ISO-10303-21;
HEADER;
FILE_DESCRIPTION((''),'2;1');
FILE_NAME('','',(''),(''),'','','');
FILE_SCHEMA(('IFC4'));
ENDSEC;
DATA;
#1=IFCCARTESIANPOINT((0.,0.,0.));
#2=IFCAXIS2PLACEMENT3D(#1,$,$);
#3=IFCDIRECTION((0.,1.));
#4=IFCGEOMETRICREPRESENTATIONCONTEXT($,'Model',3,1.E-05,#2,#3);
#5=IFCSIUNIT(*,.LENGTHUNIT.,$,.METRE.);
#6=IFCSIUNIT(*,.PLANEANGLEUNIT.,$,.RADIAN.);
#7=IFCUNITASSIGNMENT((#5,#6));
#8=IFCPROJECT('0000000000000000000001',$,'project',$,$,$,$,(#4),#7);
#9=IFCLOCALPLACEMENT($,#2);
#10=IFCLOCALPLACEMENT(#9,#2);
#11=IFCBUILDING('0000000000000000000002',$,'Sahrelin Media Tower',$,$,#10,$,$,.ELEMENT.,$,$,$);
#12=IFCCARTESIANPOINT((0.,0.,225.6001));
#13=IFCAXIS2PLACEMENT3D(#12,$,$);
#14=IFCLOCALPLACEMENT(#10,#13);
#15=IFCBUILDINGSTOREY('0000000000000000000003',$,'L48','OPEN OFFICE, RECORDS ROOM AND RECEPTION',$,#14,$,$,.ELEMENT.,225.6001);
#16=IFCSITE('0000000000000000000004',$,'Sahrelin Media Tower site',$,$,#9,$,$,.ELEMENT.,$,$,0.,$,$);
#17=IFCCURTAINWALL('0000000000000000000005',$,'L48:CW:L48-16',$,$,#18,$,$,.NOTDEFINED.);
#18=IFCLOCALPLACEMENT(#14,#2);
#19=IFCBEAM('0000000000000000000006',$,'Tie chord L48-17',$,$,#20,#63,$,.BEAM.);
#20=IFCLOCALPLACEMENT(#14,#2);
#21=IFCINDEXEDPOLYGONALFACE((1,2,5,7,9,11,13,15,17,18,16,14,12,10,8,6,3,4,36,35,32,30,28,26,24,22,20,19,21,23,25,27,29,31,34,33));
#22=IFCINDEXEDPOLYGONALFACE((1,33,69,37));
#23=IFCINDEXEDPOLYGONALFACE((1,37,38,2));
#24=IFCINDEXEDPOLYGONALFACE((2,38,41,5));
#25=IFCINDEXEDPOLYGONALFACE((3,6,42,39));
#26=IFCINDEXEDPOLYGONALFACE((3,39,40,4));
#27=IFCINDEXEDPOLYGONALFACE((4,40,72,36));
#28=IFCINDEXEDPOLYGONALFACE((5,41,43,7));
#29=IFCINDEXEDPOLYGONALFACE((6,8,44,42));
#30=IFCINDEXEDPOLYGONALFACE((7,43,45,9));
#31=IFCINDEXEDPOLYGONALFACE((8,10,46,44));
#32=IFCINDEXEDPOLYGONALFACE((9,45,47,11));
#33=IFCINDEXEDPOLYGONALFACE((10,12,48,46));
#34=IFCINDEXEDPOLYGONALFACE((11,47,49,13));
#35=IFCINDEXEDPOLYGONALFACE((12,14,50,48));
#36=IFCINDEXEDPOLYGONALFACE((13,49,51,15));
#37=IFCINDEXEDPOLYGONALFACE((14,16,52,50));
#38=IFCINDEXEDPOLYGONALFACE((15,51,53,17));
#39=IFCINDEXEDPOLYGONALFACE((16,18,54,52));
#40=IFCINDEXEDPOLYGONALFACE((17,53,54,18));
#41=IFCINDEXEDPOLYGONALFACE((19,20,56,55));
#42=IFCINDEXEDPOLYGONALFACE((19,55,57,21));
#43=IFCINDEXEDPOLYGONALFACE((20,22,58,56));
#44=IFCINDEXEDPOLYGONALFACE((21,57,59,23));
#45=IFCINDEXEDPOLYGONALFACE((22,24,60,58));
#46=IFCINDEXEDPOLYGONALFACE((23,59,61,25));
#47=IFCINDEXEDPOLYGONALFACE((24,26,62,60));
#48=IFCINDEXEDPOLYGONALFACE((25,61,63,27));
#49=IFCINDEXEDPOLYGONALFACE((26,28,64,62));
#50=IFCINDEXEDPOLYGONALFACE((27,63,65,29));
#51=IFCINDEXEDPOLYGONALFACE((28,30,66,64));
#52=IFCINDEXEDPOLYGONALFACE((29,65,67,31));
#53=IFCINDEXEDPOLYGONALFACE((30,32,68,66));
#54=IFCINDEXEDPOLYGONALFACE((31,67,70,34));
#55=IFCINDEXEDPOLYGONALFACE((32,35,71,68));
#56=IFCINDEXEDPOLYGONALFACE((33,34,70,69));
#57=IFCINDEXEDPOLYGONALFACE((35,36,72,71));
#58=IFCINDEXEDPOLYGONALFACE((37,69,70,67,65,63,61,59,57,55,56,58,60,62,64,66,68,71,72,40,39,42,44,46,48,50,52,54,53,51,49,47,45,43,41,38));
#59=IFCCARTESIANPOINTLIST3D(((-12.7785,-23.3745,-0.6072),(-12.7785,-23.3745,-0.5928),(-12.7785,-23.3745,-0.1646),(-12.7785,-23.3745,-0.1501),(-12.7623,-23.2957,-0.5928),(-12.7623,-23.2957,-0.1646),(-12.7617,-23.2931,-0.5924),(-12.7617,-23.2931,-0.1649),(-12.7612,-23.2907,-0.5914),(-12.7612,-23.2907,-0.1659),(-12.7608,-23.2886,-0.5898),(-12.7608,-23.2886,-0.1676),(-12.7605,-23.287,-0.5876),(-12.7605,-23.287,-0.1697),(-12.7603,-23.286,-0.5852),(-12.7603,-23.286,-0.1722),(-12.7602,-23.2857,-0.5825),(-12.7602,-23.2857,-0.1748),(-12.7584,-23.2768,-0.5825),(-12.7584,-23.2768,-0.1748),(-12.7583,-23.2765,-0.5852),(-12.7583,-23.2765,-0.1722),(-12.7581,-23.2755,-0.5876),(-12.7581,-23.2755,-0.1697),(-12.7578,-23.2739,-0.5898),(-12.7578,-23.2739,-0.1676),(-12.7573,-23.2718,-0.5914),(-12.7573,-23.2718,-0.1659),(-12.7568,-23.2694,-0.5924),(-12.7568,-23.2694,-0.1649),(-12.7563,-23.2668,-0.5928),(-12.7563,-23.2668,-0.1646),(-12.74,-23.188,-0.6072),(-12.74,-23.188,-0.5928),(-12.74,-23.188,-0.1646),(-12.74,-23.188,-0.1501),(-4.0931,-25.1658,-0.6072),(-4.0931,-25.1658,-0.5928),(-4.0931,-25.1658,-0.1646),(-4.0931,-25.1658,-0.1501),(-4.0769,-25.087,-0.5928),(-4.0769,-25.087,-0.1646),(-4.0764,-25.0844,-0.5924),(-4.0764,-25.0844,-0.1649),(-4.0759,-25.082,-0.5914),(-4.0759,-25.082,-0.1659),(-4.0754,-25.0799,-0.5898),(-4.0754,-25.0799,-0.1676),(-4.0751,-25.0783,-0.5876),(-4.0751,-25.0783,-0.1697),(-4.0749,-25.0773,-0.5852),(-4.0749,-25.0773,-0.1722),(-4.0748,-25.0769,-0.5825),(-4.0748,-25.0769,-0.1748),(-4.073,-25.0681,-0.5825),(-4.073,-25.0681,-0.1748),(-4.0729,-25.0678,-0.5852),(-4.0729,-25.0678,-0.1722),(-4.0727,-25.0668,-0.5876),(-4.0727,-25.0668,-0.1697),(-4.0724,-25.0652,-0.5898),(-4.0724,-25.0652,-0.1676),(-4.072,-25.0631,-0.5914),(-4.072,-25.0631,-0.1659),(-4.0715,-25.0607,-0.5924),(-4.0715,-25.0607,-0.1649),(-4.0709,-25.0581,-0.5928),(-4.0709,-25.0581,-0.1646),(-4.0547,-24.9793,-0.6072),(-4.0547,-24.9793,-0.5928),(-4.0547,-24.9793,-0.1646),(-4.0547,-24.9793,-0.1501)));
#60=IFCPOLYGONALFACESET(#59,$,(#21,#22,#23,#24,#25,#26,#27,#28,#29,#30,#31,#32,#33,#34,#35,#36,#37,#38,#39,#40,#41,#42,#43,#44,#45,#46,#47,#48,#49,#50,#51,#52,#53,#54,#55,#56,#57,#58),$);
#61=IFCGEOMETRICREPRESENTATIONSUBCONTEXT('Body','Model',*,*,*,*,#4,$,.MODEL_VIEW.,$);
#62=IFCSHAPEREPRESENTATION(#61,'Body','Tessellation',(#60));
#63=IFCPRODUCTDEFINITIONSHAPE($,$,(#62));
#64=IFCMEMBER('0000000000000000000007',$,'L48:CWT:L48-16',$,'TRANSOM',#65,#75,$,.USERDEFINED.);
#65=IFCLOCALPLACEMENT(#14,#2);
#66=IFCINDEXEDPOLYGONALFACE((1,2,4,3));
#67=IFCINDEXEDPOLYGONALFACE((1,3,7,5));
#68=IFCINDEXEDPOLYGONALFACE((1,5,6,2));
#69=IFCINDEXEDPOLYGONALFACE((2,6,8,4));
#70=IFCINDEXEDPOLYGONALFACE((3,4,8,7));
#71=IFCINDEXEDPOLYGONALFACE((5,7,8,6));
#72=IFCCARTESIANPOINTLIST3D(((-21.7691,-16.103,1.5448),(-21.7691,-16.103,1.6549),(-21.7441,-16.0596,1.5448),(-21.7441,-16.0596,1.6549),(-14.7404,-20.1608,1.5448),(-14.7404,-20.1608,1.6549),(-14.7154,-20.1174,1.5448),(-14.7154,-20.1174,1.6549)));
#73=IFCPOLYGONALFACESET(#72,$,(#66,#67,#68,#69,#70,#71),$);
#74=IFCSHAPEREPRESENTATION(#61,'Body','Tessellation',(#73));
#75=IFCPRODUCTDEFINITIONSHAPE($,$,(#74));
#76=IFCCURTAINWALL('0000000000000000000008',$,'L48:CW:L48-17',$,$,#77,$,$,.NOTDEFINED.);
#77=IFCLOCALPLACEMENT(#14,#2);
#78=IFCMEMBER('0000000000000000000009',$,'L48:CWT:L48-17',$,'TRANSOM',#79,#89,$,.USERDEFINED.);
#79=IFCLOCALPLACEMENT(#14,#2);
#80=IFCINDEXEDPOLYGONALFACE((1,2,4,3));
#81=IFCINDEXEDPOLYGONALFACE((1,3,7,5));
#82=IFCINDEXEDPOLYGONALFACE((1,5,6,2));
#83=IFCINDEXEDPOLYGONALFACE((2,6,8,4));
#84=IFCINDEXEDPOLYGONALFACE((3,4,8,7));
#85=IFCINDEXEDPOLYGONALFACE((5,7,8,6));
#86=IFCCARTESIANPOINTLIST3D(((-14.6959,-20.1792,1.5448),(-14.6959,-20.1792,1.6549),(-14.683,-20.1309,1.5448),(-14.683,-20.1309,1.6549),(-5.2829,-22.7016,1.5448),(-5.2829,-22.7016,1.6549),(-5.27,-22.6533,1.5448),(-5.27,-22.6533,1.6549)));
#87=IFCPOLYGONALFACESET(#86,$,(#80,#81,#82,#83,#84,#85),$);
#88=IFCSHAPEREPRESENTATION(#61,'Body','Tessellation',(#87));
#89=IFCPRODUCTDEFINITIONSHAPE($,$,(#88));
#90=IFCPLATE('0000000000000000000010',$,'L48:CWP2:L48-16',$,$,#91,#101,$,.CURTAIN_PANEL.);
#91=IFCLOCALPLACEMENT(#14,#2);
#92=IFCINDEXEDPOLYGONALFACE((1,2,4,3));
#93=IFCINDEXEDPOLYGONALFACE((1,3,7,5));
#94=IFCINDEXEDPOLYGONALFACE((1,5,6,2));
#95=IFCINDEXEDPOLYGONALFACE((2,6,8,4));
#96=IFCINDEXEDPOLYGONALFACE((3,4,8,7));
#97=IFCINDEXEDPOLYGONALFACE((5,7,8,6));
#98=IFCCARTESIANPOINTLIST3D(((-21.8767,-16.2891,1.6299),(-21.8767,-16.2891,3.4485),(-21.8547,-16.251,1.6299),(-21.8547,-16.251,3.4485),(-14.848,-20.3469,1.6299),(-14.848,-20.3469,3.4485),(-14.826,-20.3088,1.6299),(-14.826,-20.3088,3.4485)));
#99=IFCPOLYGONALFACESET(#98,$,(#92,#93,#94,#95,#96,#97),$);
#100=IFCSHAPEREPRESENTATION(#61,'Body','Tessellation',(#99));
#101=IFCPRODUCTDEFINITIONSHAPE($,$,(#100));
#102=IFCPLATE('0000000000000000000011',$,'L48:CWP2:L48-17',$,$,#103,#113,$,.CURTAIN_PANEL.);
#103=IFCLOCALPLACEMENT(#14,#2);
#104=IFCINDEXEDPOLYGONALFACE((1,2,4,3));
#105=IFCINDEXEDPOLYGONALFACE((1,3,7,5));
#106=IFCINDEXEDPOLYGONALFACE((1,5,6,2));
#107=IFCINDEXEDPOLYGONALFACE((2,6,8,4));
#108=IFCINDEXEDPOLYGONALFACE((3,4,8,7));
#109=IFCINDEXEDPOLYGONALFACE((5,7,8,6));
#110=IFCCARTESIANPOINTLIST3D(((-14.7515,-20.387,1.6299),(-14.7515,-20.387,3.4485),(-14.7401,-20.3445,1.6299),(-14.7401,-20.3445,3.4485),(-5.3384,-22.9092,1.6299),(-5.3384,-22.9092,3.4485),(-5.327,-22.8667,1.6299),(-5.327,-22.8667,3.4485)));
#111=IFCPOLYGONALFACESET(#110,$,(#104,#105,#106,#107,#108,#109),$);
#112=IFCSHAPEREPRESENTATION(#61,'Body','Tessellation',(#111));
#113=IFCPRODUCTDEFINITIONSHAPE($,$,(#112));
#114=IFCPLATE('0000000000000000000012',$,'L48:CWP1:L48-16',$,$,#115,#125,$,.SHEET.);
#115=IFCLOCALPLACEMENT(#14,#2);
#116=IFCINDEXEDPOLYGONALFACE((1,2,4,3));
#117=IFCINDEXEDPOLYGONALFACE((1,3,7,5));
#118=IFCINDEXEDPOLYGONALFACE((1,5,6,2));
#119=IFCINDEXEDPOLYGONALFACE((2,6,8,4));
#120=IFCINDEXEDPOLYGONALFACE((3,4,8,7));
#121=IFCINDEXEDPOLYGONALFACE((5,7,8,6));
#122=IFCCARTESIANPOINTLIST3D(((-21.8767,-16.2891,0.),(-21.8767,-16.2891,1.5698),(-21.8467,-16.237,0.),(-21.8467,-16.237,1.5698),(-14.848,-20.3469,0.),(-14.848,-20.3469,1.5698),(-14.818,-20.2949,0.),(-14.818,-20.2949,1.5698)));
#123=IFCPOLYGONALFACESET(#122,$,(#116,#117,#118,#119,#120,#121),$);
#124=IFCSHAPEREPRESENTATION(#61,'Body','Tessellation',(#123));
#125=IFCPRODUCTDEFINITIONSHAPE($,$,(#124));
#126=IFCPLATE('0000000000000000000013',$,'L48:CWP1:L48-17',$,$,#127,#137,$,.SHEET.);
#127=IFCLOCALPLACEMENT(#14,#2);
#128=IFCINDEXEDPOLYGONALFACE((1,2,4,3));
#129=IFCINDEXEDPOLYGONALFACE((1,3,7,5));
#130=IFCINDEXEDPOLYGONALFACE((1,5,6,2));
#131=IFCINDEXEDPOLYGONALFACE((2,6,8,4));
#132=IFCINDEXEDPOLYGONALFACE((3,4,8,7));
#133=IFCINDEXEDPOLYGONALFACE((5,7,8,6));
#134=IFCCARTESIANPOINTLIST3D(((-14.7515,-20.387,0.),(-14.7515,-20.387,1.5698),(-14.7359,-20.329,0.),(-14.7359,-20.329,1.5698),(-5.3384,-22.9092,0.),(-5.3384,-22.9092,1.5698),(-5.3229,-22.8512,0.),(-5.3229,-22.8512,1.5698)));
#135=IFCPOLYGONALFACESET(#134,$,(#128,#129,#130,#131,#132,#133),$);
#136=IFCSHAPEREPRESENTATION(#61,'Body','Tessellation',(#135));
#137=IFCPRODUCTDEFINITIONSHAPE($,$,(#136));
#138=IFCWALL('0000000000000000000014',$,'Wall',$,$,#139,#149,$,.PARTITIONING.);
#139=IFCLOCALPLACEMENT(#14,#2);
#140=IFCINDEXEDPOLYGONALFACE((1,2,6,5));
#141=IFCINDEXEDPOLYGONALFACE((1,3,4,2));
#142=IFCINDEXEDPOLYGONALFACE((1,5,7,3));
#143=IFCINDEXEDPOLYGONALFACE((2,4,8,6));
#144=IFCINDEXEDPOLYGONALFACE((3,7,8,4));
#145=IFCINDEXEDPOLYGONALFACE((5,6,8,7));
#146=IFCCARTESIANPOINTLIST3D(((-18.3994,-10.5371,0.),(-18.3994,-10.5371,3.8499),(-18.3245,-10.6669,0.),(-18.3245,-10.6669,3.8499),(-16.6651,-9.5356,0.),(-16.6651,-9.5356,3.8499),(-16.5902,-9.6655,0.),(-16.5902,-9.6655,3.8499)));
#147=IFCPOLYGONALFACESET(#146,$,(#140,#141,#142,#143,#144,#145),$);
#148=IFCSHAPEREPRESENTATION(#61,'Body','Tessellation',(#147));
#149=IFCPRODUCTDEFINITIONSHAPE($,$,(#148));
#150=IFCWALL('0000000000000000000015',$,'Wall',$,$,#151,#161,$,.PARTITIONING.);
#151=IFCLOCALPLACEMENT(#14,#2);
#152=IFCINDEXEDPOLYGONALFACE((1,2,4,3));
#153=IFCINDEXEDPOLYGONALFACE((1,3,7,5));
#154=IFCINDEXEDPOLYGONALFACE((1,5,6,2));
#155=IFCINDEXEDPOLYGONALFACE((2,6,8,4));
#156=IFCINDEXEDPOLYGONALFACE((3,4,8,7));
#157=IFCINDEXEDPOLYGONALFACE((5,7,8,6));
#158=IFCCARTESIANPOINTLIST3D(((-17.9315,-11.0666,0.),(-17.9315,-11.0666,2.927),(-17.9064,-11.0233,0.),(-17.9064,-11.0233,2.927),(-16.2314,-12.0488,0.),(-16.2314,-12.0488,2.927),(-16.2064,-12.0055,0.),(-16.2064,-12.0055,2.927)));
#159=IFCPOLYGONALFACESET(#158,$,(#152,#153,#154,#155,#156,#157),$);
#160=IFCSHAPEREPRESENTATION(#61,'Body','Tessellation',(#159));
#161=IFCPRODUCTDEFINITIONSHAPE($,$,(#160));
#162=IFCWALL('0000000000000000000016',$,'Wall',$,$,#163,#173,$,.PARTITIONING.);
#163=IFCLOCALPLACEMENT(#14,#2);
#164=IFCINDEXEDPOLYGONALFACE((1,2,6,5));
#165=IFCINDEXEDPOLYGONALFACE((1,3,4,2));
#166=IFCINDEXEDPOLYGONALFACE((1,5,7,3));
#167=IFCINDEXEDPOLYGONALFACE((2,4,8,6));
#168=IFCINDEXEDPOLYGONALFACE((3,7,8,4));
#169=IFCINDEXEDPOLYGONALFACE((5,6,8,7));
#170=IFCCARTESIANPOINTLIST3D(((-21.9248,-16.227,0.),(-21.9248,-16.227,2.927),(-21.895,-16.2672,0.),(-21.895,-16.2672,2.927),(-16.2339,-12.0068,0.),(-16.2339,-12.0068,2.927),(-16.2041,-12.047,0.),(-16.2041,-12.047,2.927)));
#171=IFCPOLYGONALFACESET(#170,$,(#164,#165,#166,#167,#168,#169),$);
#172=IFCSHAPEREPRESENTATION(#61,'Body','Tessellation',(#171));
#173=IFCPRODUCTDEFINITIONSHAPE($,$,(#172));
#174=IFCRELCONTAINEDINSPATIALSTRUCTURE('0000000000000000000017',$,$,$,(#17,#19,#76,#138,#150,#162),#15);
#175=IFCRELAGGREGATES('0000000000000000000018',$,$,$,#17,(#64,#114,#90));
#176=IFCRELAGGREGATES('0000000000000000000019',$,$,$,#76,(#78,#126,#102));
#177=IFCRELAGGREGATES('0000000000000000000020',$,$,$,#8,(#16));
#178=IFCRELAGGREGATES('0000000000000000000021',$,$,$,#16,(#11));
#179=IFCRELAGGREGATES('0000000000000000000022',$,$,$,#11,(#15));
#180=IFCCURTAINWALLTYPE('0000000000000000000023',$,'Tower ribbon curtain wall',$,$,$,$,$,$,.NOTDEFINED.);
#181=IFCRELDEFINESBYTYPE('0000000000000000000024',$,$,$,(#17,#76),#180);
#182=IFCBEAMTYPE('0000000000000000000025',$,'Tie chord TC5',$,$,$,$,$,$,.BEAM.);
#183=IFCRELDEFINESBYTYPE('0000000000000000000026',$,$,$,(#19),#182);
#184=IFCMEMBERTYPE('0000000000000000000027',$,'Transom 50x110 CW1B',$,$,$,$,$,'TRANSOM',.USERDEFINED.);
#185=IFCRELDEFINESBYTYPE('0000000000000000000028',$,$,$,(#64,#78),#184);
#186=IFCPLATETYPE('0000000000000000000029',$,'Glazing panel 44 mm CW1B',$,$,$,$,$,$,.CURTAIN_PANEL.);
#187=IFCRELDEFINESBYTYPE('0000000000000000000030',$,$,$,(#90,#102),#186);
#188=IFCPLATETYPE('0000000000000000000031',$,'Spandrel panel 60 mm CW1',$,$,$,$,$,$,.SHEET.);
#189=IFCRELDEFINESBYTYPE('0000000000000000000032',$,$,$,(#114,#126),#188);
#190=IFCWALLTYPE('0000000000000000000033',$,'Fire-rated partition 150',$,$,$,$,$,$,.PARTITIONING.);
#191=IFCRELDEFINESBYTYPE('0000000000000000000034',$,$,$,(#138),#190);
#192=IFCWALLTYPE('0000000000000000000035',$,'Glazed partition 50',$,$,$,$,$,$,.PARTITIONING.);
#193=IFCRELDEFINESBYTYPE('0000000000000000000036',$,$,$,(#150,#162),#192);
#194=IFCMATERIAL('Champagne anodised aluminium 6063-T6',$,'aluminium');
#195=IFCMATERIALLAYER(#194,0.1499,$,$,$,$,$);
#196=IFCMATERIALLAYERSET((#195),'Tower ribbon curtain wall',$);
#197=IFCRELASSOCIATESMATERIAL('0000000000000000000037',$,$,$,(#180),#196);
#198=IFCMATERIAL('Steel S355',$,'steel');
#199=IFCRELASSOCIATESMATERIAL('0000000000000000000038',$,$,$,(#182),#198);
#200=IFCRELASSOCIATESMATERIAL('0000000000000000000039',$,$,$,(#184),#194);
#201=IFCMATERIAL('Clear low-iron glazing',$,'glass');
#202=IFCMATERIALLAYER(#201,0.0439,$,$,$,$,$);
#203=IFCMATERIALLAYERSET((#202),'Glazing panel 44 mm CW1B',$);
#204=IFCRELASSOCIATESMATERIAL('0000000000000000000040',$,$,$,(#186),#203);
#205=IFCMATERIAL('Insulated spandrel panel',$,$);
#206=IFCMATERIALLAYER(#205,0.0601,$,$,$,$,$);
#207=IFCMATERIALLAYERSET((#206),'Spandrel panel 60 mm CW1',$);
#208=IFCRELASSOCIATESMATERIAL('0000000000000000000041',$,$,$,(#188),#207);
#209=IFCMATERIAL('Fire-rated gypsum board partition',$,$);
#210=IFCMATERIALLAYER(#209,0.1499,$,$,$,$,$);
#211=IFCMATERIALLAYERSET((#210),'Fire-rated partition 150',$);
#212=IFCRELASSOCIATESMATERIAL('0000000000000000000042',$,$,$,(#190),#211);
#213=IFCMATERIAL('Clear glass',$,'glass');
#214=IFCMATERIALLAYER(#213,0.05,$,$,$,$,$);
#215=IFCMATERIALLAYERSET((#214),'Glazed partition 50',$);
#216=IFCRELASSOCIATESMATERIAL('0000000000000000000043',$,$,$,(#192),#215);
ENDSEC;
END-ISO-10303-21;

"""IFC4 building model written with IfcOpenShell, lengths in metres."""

from ifc_helpers import new_model, si_unit, direction, frame, frame_2d, origin, origin_2d, place, context, subcontext, project, spatial, polyline, rectangle, i_section, outline, extrude, material, layer, layer_set, material_profile, profile_set, type_object, element, aggregate, save


model = new_model("IFC4")

# Units and contexts
model_context = context("Model", 3, precision=1e-05, world=origin(), true_north=direction((0.0, 1.0)))
body_context = subcontext(model_context, "Body", "Model", "MODEL_VIEW")
ifc_project = project(units=[si_unit("LENGTHUNIT", "METRE"), si_unit("PLANEANGLEUNIT", "RADIAN")], contexts=[model_context])

# Site, building, storey
site_placement = place(None, origin())
site = spatial("IfcSite", under=ifc_project, at=site_placement, Name="Sahrelin Media Tower site", CompositionType="ELEMENT", RefElevation=0.0)
building_placement = place(site_placement, origin())
building = spatial("IfcBuilding", under=site, at=building_placement, Name="Sahrelin Media Tower", CompositionType="ELEMENT")
storey_placement = place(building_placement, frame((0.0, 0.0, 225.6001)))
storey = spatial("IfcBuildingStorey", under=building, at=storey_placement, Name="L48", Description="OPEN OFFICE, RECORDS ROOM AND RECEPTION", CompositionType="ELEMENT", Elevation=225.6001)

# Shared definitions
ifc_material_1 = material(Name="Steel S355", Category="steel")

# Curtain wall
ifc_material_2 = material(Name="Champagne anodised aluminium 6063-T6", Category="aluminium")
ifc_layer_1 = layer(ifc_material_2, 0.1499)
ifc_layer_set_1 = layer_set([ifc_layer_1], Name="Tower ribbon curtain wall")
curtain_wall_type = type_object("IfcCurtainWallType", Name="Tower ribbon curtain wall", PredefinedType="NOTDEFINED", material=ifc_layer_set_1)
curtain_wall_1_placement = place(storey_placement, frame((-18.3523, -18.3008, 0.0), z_axis=(0.0, 0.0, 1.0), x_axis=(1.0, 0.0, 0.0)))
curtain_wall_1 = element("IfcCurtainWall", 1, at=curtain_wall_1_placement, inside=storey, type_object=curtain_wall_type, Name="L48:CW:L48-16", PredefinedType="NOTDEFINED")

# Beam
ifc_material_profile_1 = material_profile(ifc_material_1, i_section(OverallWidth=0.1904, OverallDepth=0.457, WebThickness=0.009, FlangeThickness=0.0144, FilletRadius=0.0103, at=origin_2d()), Name="UB 457x191x74")
ifc_profile_set_1 = profile_set([ifc_material_profile_1], Name="Steel S355")
beam_type_1 = type_object("IfcBeamType", Name="Tie chord TC5", PredefinedType="BEAM", material=ifc_profile_set_1)
beam_1_placement = place(storey_placement, frame((-12.7593, -23.2812, -0.3787), z_axis=(0.979388, -0.201989, 0.0), x_axis=(0.201989, 0.979388, 0.0)))
element("IfcBeam", 2, at=beam_1_placement, inside=storey, type_object=beam_type_1, Name="Tie chord L48-17", PredefinedType="BEAM", context=body_context, shape_type="SweptSolid", body=[
    extrude(i_section(OverallWidth=0.1904, OverallDepth=0.457, WebThickness=0.009, FlangeThickness=0.0144, FilletRadius=0.0103, at=origin_2d()), origin(), (0.0, 0.0, 1.0), 8.8682),
])

# Member
ifc_material_profile_2 = material_profile(ifc_material_2, rectangle(XDim=0.05, YDim=0.1101, at=origin_2d()), Name="Transom 50x110")
ifc_profile_set_2 = profile_set([ifc_material_profile_2], Name="Champagne anodised aluminium 6063-T6")
member_type_1 = type_object("IfcMemberType", Name="Transom 50x110 CW1B", ElementType="TRANSOM", PredefinedType="USERDEFINED", material=ifc_profile_set_2)
member_1_placement = place(storey_placement, frame((-21.7566, -16.0813, 1.5999), z_axis=(0.866037, -0.499979, 0.0), x_axis=(0.499979, 0.866037, 0.0)))
member_1 = element("IfcMember", 3, at=member_1_placement, type_object=member_type_1, Name="L48:CWT:L48-16", ObjectType="TRANSOM", PredefinedType="USERDEFINED", context=body_context, shape_type="SweptSolid", body=[
    extrude(rectangle(XDim=0.05, YDim=0.1101, at=origin_2d()), origin(), (0.0, 0.0, 1.0), 8.116),
])

# Curtain wall, member
curtain_wall_2_placement = place(storey_placement, frame((-10.0398, -21.6289, 0.0), z_axis=(0.0, 0.0, 1.0), x_axis=(1.0, 0.0, 0.0)))
curtain_wall_2 = element("IfcCurtainWall", 4, at=curtain_wall_2_placement, inside=storey, type_object=curtain_wall_type, Name="L48:CW:L48-17", PredefinedType="NOTDEFINED")
member_2_placement = place(storey_placement, frame((-14.6895, -20.155, 1.5999), z_axis=(0.96592, -0.258841, 0.0), x_axis=(0.258841, 0.96592, 0.0)))
member_2 = element("IfcMember", 5, at=member_2_placement, type_object=member_type_1, Name="L48:CWT:L48-17", ObjectType="TRANSOM", PredefinedType="USERDEFINED", context=body_context, shape_type="SweptSolid", body=[
    extrude(rectangle(XDim=0.05, YDim=0.1101, at=origin_2d()), origin(), (0.0, 0.0, 1.0), 9.7451),
])

# Plates
ifc_material_3 = material(Name="Clear low-iron glazing", Category="glass")
ifc_layer_2 = layer(ifc_material_3, 0.0439)
ifc_layer_set_2 = layer_set([ifc_layer_2], Name="Glazing panel 44 mm CW1B")
plate_type_1 = type_object("IfcPlateType", Name="Glazing panel 44 mm CW1B", PredefinedType="CURTAIN_PANEL", material=ifc_layer_set_2)
plate_1_placement = place(storey_placement, frame((-21.8767, -16.2891, 1.6299), z_axis=(-0.499979, -0.866037, 0.0), x_axis=(0.866037, -0.499979, 0.0)))
plate_1 = element("IfcPlate", 6, at=plate_1_placement, type_object=plate_type_1, Name="L48:CWP2:L48-16", PredefinedType="CURTAIN_PANEL", context=body_context, shape_type="SweptSolid", body=[
    extrude(outline(polyline([(0.0, 0.0), (8.116, 0.0), (8.116, 1.8186), (0.0, 1.8186), (0.0, 0.0)])), origin(), (0.0, 0.0, -1.0), 0.0439),
])
plate_2_placement = place(storey_placement, frame((-14.7515, -20.387, 1.6299), z_axis=(-0.258818, -0.965926, 0.0), x_axis=(0.965926, -0.258818, 0.0)))
plate_2 = element("IfcPlate", 7, at=plate_2_placement, type_object=plate_type_1, Name="L48:CWP2:L48-17", PredefinedType="CURTAIN_PANEL", context=body_context, shape_type="SweptSolid", body=[
    extrude(outline(polyline([(0.0, 0.0), (9.7451, 0.0), (9.7451, 1.8186), (0.0, 1.8186), (0.0, 0.0)])), origin(), (0.0, 0.0, -1.0), 0.0439),
])
ifc_material_4 = material(Name="Insulated spandrel panel")
ifc_layer_3 = layer(ifc_material_4, 0.0601)
ifc_layer_set_3 = layer_set([ifc_layer_3], Name="Spandrel panel 60 mm CW1")
plate_type_2 = type_object("IfcPlateType", Name="Spandrel panel 60 mm CW1", PredefinedType="SHEET", material=ifc_layer_set_3)
plate_3_placement = place(storey_placement, frame((-21.8767, -16.2891, 0.0), z_axis=(-0.499979, -0.866037, 0.0), x_axis=(0.866037, -0.499979, 0.0)))
plate_3 = element("IfcPlate", 8, at=plate_3_placement, type_object=plate_type_2, Name="L48:CWP1:L48-16", PredefinedType="SHEET", context=body_context, shape_type="SweptSolid", body=[
    extrude(outline(polyline([(0.0, 0.0), (8.116, 0.0), (8.116, 1.5698), (0.0, 1.5698), (0.0, 0.0)])), origin(), (0.0, 0.0, -1.0), 0.0601),
])
aggregate(curtain_wall_1, [member_1, plate_3, plate_1])
plate_4_placement = place(storey_placement, frame((-14.7515, -20.387, 0.0), z_axis=(-0.258818, -0.965926, 0.0), x_axis=(0.965926, -0.258818, 0.0)))
plate_4 = element("IfcPlate", 9, at=plate_4_placement, type_object=plate_type_2, Name="L48:CWP1:L48-17", PredefinedType="SHEET", context=body_context, shape_type="SweptSolid", body=[
    extrude(outline(polyline([(0.0, 0.0), (9.7451, 0.0), (9.7451, 1.5698), (0.0, 1.5698), (0.0, 0.0)])), origin(), (0.0, 0.0, -1.0), 0.0601),
])
aggregate(curtain_wall_2, [member_2, plate_4, plate_2])

# Walls
ifc_material_5 = material(Name="Fire-rated gypsum board partition")
ifc_layer_4 = layer(ifc_material_5, 0.1499)
ifc_layer_set_4 = layer_set([ifc_layer_4], Name="Fire-rated partition 150")
wall_type_1 = type_object("IfcWallType", Name="Fire-rated partition 150", PredefinedType="PARTITIONING", material=ifc_layer_set_4)
wall_1_placement = place(storey_placement, frame((-18.3621, -10.6021, 0.0), z_axis=(0.0, 0.0, 1.0), x_axis=(0.865999, 0.500046, 0.0)))
element("IfcWall", 10, at=wall_1_placement, inside=storey, type_object=wall_type_1, Name="Wall", PredefinedType="PARTITIONING", context=body_context, shape_type="SweptSolid", body=[
    extrude(rectangle(XDim=2.0027, YDim=0.1499, at=frame_2d((1.0015, 0.0))), origin(), (0.0, 0.0, 1.0), 3.8499),
])
ifc_material_6 = material(Name="Clear glass", Category="glass")
ifc_layer_5 = layer(ifc_material_6, 0.05)
ifc_layer_set_5 = layer_set([ifc_layer_5], Name="Glazed partition 50")
wall_type_2 = type_object("IfcWallType", Name="Glazed partition 50", PredefinedType="PARTITIONING", material=ifc_layer_set_5)
wall_2_placement = place(storey_placement, frame((-17.9189, -11.0449, 0.0), z_axis=(0.0, 0.0, 1.0), x_axis=(0.865869, -0.500271, 0.0)))
element("IfcWall", 11, at=wall_2_placement, inside=storey, type_object=wall_type_2, Name="Wall", PredefinedType="PARTITIONING", context=body_context, shape_type="SweptSolid", body=[
    extrude(rectangle(XDim=1.9634, YDim=0.05, at=frame_2d((0.9817, 0.0))), origin(), (0.0, 0.0, 1.0), 2.927),
])
wall_3_placement = place(storey_placement, frame((-21.9099, -16.2471, 0.0), z_axis=(0.0, 0.0, 1.0), x_axis=(0.803238, 0.595658, 0.0)))
element("IfcWall", 12, at=wall_3_placement, inside=storey, type_object=wall_type_2, Name="Wall", PredefinedType="PARTITIONING", context=body_context, shape_type="SweptSolid", body=[
    extrude(rectangle(XDim=7.085, YDim=0.05, at=frame_2d((3.5425, 0.0))), origin(), (0.0, 0.0, 1.0), 2.927),
])

save(model, "model.ifc")
